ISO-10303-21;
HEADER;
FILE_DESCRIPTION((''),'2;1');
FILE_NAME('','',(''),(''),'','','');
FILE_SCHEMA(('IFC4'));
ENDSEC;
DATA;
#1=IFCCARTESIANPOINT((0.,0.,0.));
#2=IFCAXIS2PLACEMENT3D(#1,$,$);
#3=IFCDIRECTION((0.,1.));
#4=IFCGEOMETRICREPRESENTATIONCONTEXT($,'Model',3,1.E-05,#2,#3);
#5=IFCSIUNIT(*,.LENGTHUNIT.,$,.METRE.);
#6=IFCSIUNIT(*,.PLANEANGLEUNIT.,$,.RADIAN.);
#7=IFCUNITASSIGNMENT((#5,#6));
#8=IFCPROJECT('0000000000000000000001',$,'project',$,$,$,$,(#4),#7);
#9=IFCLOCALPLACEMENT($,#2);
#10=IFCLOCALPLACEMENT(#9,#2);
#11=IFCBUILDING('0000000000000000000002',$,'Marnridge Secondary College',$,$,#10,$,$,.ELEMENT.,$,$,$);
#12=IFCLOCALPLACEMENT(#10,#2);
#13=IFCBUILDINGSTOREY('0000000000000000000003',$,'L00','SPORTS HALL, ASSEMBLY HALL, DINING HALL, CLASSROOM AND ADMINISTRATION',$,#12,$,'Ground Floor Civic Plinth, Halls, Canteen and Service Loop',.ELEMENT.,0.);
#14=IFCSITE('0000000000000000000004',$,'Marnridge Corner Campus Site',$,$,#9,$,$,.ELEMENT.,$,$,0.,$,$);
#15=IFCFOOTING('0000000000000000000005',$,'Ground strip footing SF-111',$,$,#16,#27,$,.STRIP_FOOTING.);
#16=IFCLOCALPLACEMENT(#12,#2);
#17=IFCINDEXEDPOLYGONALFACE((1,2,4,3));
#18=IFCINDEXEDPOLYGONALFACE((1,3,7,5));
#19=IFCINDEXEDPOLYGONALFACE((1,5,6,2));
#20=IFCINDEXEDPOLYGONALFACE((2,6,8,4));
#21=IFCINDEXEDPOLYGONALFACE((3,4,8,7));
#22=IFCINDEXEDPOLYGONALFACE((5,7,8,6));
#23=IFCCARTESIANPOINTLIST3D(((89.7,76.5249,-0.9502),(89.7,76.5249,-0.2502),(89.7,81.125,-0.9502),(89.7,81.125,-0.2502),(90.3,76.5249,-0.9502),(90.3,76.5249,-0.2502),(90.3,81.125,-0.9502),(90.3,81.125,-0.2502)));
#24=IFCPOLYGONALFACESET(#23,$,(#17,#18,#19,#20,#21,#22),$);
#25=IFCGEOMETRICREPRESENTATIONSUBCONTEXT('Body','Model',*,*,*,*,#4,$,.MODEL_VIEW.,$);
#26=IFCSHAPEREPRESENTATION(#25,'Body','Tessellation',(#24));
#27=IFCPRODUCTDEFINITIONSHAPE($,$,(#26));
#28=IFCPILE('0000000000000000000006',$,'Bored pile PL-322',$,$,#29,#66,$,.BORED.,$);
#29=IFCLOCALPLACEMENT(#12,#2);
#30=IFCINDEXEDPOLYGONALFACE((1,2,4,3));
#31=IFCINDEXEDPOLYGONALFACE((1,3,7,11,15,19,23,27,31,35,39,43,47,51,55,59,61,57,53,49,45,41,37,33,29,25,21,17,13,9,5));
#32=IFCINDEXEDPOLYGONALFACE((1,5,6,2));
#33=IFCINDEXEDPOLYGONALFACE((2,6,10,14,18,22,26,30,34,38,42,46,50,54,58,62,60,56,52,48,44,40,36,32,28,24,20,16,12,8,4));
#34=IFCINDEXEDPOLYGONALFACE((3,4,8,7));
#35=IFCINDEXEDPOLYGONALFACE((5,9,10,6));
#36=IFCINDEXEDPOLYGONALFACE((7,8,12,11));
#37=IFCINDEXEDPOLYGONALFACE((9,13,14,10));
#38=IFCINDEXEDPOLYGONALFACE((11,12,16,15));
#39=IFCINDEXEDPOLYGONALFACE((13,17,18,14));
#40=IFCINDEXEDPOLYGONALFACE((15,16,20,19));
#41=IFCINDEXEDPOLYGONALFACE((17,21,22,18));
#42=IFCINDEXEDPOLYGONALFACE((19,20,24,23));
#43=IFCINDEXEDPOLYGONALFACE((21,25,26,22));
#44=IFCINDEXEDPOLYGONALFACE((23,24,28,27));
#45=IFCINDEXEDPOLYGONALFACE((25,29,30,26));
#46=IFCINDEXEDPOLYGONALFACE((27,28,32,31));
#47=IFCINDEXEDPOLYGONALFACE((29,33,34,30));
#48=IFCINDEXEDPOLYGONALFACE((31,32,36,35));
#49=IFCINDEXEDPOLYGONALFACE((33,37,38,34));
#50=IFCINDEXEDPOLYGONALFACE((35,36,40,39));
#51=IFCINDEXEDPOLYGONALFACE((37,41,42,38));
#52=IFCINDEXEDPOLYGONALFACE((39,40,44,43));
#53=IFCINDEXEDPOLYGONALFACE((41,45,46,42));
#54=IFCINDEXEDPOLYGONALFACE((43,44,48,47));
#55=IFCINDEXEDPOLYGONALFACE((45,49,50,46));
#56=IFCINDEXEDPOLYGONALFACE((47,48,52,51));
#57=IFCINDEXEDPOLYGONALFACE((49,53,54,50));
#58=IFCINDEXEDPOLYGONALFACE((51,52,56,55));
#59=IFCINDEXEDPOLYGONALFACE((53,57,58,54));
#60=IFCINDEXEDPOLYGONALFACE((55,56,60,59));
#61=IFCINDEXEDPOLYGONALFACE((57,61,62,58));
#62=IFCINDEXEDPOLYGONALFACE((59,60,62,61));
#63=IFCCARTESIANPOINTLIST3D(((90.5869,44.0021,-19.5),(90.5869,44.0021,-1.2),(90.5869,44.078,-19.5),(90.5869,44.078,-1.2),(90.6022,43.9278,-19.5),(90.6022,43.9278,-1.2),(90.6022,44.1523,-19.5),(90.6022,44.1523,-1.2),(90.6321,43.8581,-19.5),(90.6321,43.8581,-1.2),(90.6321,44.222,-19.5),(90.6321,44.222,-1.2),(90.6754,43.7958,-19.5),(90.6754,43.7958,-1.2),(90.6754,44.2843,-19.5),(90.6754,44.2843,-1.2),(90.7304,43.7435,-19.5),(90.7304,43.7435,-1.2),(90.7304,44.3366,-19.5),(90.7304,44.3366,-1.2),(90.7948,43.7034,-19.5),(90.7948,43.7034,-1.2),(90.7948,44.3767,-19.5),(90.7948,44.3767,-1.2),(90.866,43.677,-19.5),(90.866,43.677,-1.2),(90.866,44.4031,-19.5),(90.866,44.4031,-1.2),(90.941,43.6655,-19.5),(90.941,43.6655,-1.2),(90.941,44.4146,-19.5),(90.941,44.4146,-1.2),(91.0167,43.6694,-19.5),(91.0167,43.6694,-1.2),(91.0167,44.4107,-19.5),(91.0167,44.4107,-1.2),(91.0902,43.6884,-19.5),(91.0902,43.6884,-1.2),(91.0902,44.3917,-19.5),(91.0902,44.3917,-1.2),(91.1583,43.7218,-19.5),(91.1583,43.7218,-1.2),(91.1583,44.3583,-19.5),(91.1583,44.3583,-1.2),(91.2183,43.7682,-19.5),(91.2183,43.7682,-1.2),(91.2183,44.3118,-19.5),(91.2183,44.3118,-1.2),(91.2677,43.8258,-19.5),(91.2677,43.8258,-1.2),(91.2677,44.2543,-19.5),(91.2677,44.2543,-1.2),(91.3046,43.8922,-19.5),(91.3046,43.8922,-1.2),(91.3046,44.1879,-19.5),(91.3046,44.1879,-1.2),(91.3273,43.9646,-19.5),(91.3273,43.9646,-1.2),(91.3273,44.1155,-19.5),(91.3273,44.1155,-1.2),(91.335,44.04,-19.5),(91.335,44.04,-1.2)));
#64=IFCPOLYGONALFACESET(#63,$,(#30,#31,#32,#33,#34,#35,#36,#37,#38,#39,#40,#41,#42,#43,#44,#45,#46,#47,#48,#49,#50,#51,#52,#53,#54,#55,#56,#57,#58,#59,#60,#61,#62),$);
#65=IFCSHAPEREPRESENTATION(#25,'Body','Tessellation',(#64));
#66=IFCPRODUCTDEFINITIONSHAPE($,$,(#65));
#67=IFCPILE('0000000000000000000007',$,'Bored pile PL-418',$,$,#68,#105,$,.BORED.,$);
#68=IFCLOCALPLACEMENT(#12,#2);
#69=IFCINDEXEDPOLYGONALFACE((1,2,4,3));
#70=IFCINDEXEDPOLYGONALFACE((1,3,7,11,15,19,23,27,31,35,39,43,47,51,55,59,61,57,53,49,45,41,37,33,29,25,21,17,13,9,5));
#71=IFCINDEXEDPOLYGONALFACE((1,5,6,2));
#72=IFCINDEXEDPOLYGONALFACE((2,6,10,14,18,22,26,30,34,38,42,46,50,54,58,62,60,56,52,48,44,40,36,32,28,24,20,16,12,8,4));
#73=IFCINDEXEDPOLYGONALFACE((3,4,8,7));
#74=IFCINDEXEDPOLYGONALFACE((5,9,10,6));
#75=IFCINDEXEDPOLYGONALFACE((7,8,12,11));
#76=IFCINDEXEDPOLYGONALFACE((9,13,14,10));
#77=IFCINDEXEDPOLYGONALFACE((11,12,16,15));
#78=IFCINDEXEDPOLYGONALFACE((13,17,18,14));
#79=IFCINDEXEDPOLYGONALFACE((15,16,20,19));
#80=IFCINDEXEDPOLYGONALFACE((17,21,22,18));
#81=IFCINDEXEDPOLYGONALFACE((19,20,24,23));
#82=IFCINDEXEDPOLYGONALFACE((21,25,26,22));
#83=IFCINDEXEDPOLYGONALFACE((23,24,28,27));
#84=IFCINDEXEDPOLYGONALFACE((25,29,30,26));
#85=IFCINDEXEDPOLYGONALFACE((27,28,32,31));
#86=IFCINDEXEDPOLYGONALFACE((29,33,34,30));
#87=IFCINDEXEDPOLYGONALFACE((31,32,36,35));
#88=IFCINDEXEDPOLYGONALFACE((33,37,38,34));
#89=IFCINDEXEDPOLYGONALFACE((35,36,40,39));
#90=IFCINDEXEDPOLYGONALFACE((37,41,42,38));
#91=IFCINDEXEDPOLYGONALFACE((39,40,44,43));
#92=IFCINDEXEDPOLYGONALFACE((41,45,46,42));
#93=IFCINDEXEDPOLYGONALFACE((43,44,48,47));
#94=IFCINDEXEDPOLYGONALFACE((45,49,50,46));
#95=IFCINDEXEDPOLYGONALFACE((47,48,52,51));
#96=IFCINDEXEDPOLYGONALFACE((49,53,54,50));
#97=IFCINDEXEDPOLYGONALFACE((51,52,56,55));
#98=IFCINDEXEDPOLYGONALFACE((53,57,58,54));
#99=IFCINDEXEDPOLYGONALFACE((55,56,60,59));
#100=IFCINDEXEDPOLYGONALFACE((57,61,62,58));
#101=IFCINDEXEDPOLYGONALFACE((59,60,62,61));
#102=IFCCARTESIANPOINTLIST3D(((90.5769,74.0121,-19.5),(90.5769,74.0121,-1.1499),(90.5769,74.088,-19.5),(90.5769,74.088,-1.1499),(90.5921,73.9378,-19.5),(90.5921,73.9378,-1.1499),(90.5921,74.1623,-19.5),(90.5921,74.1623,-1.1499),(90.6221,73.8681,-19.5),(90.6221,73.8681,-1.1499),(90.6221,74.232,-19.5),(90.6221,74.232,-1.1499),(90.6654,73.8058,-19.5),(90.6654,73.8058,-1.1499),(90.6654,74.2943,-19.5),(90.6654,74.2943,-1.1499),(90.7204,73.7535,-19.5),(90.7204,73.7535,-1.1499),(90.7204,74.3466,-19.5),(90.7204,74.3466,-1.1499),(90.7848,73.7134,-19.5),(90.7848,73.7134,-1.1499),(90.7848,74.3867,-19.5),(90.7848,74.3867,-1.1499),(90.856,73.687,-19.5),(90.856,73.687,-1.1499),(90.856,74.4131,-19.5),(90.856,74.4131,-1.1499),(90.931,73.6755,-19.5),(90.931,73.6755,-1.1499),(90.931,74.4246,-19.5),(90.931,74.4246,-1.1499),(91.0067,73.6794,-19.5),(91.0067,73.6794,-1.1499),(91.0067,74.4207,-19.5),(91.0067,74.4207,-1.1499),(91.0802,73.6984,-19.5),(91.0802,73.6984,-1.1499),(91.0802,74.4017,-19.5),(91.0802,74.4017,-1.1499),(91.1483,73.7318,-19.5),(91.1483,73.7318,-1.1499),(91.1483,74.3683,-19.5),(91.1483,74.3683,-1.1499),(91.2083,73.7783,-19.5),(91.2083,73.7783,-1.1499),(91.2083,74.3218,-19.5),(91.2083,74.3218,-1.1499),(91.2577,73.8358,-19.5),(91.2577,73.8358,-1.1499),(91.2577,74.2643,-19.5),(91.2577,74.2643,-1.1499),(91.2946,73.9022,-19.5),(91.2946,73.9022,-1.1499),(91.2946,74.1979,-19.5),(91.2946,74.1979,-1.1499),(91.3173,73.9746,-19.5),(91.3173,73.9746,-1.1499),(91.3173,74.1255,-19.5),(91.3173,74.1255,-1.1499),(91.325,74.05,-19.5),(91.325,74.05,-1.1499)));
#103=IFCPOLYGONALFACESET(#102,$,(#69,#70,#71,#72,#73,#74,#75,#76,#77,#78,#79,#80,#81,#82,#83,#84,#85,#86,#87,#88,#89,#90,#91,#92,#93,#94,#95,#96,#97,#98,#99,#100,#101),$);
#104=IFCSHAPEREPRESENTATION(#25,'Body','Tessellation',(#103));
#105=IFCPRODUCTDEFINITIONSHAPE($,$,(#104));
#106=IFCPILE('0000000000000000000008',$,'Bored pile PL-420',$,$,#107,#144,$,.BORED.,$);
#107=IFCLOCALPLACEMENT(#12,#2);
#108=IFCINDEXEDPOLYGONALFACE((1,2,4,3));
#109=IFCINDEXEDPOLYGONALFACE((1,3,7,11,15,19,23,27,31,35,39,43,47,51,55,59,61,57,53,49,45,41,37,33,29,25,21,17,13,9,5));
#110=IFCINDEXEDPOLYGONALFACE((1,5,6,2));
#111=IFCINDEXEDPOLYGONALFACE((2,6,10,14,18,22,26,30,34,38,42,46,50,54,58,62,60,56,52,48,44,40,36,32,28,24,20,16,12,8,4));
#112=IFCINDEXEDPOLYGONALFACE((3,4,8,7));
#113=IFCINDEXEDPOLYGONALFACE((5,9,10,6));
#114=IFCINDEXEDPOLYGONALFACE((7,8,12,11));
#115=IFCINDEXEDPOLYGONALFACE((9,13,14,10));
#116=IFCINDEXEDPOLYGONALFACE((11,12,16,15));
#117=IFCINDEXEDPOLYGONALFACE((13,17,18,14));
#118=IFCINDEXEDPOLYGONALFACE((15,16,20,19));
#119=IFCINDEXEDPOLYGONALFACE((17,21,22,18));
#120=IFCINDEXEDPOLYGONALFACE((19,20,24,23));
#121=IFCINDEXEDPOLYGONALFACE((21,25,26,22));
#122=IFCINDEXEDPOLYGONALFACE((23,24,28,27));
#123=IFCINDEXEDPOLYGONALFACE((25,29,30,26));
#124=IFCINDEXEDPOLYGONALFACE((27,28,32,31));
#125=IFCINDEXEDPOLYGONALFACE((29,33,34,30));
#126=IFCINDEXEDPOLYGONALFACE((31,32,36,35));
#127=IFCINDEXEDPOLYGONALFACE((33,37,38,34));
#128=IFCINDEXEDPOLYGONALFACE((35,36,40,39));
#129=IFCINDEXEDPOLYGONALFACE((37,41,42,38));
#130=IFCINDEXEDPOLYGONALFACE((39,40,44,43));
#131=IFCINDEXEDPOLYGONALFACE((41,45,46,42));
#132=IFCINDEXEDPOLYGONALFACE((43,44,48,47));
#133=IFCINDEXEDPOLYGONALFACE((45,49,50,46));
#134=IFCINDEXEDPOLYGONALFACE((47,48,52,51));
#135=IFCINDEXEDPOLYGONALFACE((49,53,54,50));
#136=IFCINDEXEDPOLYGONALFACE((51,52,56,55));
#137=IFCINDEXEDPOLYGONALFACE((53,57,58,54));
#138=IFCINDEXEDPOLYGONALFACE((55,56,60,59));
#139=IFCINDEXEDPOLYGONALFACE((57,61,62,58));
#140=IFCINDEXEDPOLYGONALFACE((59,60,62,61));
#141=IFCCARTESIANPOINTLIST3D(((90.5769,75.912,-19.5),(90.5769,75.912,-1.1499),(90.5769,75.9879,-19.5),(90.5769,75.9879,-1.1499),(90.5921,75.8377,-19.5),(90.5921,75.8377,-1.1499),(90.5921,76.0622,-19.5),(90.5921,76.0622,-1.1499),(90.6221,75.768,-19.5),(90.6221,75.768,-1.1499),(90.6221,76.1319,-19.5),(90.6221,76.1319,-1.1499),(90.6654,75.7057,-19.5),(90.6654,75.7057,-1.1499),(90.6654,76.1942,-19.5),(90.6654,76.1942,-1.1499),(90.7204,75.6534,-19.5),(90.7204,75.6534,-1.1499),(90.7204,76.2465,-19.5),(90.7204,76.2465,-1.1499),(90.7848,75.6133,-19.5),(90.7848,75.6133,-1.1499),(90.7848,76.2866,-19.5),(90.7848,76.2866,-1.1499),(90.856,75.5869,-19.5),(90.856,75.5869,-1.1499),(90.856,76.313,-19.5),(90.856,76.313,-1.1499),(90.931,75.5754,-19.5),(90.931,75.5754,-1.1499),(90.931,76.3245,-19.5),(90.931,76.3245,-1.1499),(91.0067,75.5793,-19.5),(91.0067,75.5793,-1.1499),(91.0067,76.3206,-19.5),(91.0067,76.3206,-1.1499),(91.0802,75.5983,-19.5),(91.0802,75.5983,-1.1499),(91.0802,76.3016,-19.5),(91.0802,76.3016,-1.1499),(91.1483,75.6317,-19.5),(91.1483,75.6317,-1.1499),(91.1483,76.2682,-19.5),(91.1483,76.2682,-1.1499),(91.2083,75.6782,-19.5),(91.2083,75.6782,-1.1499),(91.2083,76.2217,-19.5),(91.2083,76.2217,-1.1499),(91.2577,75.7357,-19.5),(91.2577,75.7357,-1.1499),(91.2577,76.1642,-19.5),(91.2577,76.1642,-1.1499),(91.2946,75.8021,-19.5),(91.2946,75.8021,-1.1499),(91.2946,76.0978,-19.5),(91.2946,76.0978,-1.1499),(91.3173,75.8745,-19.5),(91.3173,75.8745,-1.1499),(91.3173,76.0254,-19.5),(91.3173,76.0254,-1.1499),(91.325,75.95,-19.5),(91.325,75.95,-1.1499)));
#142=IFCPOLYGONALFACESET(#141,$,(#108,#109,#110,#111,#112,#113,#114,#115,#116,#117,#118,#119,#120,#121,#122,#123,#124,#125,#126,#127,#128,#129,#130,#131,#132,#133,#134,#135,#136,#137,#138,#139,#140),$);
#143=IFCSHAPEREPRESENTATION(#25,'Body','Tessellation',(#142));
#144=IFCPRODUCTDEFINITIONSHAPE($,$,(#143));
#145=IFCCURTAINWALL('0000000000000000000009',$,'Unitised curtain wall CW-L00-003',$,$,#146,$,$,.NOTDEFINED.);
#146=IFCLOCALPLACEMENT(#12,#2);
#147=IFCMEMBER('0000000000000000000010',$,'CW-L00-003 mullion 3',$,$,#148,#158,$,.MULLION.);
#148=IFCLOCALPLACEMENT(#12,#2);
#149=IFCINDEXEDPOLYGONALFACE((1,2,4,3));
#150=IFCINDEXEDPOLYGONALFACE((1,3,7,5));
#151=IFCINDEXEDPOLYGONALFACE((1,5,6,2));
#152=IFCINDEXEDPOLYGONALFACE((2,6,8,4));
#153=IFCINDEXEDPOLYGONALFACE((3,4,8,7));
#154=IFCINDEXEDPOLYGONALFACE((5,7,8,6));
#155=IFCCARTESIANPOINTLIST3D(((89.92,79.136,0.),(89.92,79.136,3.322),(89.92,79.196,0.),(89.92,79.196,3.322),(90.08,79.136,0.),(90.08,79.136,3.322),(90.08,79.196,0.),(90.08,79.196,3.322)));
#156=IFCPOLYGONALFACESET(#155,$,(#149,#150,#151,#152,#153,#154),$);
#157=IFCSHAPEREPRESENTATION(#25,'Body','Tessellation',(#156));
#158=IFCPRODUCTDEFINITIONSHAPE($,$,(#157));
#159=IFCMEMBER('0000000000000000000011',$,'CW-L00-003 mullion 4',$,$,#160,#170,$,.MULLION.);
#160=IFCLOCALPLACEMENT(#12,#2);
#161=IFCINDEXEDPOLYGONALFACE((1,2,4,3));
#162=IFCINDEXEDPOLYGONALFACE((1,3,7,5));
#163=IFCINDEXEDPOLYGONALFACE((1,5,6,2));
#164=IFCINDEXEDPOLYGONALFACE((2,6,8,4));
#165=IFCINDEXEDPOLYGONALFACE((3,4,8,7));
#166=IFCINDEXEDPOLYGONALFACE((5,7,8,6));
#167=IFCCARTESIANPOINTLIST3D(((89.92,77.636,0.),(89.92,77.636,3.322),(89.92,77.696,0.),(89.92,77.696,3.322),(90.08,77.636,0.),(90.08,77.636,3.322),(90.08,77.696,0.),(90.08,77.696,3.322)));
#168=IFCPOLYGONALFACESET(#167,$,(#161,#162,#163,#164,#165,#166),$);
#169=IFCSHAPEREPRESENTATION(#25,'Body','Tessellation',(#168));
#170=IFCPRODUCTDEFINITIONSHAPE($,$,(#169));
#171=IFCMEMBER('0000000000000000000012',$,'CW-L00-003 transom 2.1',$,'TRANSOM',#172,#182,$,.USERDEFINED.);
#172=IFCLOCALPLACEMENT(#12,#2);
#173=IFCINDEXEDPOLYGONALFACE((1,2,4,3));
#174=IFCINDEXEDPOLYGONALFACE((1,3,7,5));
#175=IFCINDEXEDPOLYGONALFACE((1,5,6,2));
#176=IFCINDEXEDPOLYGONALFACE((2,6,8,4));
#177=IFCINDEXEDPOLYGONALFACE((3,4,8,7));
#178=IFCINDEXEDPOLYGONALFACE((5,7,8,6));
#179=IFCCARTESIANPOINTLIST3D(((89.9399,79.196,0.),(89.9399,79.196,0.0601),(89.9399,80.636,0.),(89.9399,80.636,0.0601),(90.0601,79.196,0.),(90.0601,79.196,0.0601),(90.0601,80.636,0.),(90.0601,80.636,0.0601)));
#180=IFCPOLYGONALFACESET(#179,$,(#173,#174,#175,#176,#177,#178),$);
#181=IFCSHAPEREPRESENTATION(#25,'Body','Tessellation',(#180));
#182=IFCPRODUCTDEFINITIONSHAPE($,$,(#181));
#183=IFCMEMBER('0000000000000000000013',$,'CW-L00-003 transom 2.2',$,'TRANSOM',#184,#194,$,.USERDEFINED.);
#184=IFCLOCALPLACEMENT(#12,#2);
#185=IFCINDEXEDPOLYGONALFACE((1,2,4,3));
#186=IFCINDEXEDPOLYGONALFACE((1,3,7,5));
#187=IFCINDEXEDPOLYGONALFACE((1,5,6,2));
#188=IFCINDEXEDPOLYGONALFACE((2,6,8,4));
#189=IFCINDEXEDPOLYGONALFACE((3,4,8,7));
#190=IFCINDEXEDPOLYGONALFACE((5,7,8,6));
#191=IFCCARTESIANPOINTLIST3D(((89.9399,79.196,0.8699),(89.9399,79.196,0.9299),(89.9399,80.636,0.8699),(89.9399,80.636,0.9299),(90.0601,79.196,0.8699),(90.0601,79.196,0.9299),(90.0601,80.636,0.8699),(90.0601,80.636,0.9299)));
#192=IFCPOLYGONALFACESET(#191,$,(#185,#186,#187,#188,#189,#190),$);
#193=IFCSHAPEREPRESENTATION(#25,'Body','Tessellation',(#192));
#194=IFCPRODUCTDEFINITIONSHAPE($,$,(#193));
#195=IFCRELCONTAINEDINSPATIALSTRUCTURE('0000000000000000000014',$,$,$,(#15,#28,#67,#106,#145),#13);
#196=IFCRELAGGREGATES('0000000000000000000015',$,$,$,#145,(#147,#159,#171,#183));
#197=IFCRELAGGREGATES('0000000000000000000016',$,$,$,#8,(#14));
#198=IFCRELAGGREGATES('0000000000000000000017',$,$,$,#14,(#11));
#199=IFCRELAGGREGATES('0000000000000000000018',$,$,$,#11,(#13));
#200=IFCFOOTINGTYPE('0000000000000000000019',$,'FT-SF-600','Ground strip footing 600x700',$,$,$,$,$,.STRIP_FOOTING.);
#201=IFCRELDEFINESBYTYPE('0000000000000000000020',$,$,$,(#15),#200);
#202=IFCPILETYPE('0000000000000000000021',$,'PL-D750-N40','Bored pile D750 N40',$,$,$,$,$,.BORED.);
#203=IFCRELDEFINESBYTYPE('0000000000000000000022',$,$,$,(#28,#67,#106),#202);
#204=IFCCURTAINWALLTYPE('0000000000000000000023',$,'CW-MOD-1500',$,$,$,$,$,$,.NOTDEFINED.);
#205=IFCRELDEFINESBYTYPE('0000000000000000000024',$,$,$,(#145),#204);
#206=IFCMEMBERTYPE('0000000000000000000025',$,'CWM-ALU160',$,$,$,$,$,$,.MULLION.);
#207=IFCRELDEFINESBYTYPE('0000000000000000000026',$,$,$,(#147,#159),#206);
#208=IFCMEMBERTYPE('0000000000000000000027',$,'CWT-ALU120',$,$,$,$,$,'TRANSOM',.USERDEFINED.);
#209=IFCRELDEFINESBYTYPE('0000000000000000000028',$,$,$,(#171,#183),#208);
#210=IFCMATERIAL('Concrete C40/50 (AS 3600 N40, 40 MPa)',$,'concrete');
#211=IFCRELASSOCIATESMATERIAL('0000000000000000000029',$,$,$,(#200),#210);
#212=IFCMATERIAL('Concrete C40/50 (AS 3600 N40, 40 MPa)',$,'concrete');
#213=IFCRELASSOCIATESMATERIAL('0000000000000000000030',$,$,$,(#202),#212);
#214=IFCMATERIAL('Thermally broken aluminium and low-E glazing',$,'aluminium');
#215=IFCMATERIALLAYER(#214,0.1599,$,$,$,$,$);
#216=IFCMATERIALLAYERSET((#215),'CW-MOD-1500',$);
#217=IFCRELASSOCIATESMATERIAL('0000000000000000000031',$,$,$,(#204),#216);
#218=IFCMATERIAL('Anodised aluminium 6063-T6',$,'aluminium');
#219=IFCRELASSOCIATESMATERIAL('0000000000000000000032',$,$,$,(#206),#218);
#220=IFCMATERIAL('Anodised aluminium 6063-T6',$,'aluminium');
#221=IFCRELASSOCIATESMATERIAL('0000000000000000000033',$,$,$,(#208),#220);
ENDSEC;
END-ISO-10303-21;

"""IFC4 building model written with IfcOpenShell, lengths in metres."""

from ifc_helpers import new_model, si_unit, direction, frame, origin, origin_2d, place, context, subcontext, project, spatial, rectangle, circle, extrude, material, layer, layer_set, material_profile, profile_set, type_object, element, aggregate, save


model = new_model("IFC4")

# Units and contexts
model_context = context("Model", 3, precision=1e-05, world=origin(), true_north=direction((0.0, 1.0)))
body_context = subcontext(model_context, "Body", "Model", "MODEL_VIEW")
ifc_project = project(units=[si_unit("LENGTHUNIT", "METRE"), si_unit("PLANEANGLEUNIT", "RADIAN")], contexts=[model_context])

# Site, building, storey
site_placement = place(None, origin())
site = spatial("IfcSite", under=ifc_project, at=site_placement, Name="Marnridge Corner Campus Site", CompositionType="ELEMENT", RefElevation=0.0)
building_placement = place(site_placement, origin())
building = spatial("IfcBuilding", under=site, at=building_placement, Name="Marnridge Secondary College", CompositionType="ELEMENT")
storey_placement = place(building_placement, origin())
storey = spatial("IfcBuildingStorey", under=building, at=storey_placement, Name="L00", Description="SPORTS HALL, ASSEMBLY HALL, DINING HALL, CLASSROOM AND ADMINISTRATION", LongName="Ground Floor Civic Plinth, Halls, Canteen and Service Loop", CompositionType="ELEMENT", Elevation=0.0)

# Footing
ifc_material_1 = material(Name="Concrete C40/50 (AS 3600 N40, 40 MPa)", Category="concrete")
footing_type = type_object("IfcFootingType", Name="FT-SF-600", Description="Ground strip footing 600x700", PredefinedType="STRIP_FOOTING", material=ifc_material_1)
footing_placement = place(storey_placement, frame((90.0, 78.825, -0.9502), z_axis=(0.0, 0.0, 1.0), x_axis=(1.0, 0.0, 0.0)))
element("IfcFooting", 1, at=footing_placement, inside=storey, type_object=footing_type, Name="Ground strip footing SF-111", PredefinedType="STRIP_FOOTING", context=body_context, shape_type="SweptSolid", body=[
    extrude(rectangle(XDim=0.6001, YDim=4.6001, at=origin_2d()), origin(), (0.0, 0.0, 1.0), 0.7),
])

# Piles
ifc_material_2 = material(Name="Concrete C40/50 (AS 3600 N40, 40 MPa)", Category="concrete")
ifc_material_profile_1 = material_profile(ifc_material_2, circle(Radius=0.375, at=origin_2d()), Name="PILE D750")
ifc_profile_set_1 = profile_set([ifc_material_profile_1], Name="Concrete C40/50 (AS 3600 N40, 40 MPa)")
pile_type = type_object("IfcPileType", Name="PL-D750-N40", Description="Bored pile D750 N40", PredefinedType="BORED", material=ifc_profile_set_1)
pile_placement = place(storey_placement, frame((90.96, 44.04, -1.2), z_axis=(0.0, 0.0, -1.0), x_axis=(1.0, 0.0, 0.0)))
element("IfcPile", 2, at=pile_placement, inside=storey, type_object=pile_type, Name="Bored pile PL-322", PredefinedType="BORED", context=body_context, shape_type="SweptSolid", body=[
    extrude(circle(Radius=0.375, at=origin_2d()), origin(), (0.0, 0.0, 1.0), 18.3),
])
for number, where, z_axis, x_axis, name in (
    (3, (90.95, 74.05, -1.1499), (0.0, 0.0, -1.0), (1.0, 0.0, 0.0), "Bored pile PL-418"),
    (4, (90.95, 75.95, -1.1499), (0.0, 0.0, -1.0), (1.0, 0.0, 0.0), "Bored pile PL-420"),
):
    element("IfcPile", number, at=place(storey_placement, frame(where, z_axis=z_axis, x_axis=x_axis)), inside=storey, type_object=pile_type, Name=name, PredefinedType="BORED", context=body_context, shape_type="SweptSolid", body=[
        extrude(circle(Radius=0.375, at=origin_2d()), origin(), (0.0, 0.0, 1.0), 18.3501),
    ])

# Curtain wall, members
ifc_material_3 = material(Name="Thermally broken aluminium and low-E glazing", Category="aluminium")
ifc_layer_1 = layer(ifc_material_3, 0.1599)
ifc_layer_set_1 = layer_set([ifc_layer_1], Name="CW-MOD-1500")
curtain_wall_type = type_object("IfcCurtainWallType", Name="CW-MOD-1500", PredefinedType="NOTDEFINED", material=ifc_layer_set_1)
curtain_wall_placement = place(storey_placement, origin())
curtain_wall = element("IfcCurtainWall", 5, at=curtain_wall_placement, inside=storey, type_object=curtain_wall_type, Name="Unitised curtain wall CW-L00-003", PredefinedType="NOTDEFINED")
ifc_material_4 = material(Name="Anodised aluminium 6063-T6", Category="aluminium")
ifc_material_profile_2 = material_profile(ifc_material_4, rectangle(XDim=0.0601, YDim=0.1599, at=origin_2d()), Name="ALU 60x160")
ifc_profile_set_2 = profile_set([ifc_material_profile_2], Name="Anodised aluminium 6063-T6")
member_type_1 = type_object("IfcMemberType", Name="CWM-ALU160", PredefinedType="MULLION", material=ifc_profile_set_2)
member_1_placement = place(storey_placement, frame((90.0, 79.166, 0.0), z_axis=(0.0, 0.0, 1.0), x_axis=(0.0, -1.0, 0.0)))
member_1 = element("IfcMember", 6, at=member_1_placement, type_object=member_type_1, Name="CW-L00-003 mullion 3", PredefinedType="MULLION", context=body_context, shape_type="SweptSolid", body=[
    extrude(rectangle(XDim=0.0601, YDim=0.1599, at=origin_2d()), origin(), (0.0, 0.0, 1.0), 3.322),
])
member_2_placement = place(storey_placement, frame((90.0, 77.666, 0.0), z_axis=(0.0, 0.0, 1.0), x_axis=(0.0, -1.0, 0.0)))
member_2 = element("IfcMember", 7, at=member_2_placement, type_object=member_type_1, Name="CW-L00-003 mullion 4", PredefinedType="MULLION", context=body_context, shape_type="SweptSolid", body=[
    extrude(rectangle(XDim=0.0601, YDim=0.1599, at=origin_2d()), origin(), (0.0, 0.0, 1.0), 3.322),
])
ifc_material_5 = material(Name="Anodised aluminium 6063-T6", Category="aluminium")
ifc_material_profile_3 = material_profile(ifc_material_5, rectangle(XDim=0.0601, YDim=0.1201, at=origin_2d()), Name="ALU 60x120")
ifc_profile_set_3 = profile_set([ifc_material_profile_3], Name="Anodised aluminium 6063-T6")
member_type_2 = type_object("IfcMemberType", Name="CWT-ALU120", ElementType="TRANSOM", PredefinedType="USERDEFINED", material=ifc_profile_set_3)
member_3_placement = place(storey_placement, frame((90.0, 80.636, 0.03), z_axis=(0.0, -1.0, 0.0), x_axis=(0.0, 0.0, 1.0)))
member_3 = element("IfcMember", 8, at=member_3_placement, type_object=member_type_2, Name="CW-L00-003 transom 2.1", ObjectType="TRANSOM", PredefinedType="USERDEFINED", context=body_context, shape_type="SweptSolid", body=[
    extrude(rectangle(XDim=0.0601, YDim=0.1201, at=origin_2d()), origin(), (0.0, 0.0, 1.0), 1.4399),
])
member_4_placement = place(storey_placement, frame((90.0, 80.636, 0.8999), z_axis=(0.0, -1.0, 0.0), x_axis=(0.0, 0.0, 1.0)))
member_4 = element("IfcMember", 9, at=member_4_placement, type_object=member_type_2, Name="CW-L00-003 transom 2.2", ObjectType="TRANSOM", PredefinedType="USERDEFINED", context=body_context, shape_type="SweptSolid", body=[
    extrude(rectangle(XDim=0.0601, YDim=0.1201, at=origin_2d()), origin(), (0.0, 0.0, 1.0), 1.4399),
])

aggregate(curtain_wall, [member_1, member_2, member_3, member_4])

save(model, "model.ifc")
